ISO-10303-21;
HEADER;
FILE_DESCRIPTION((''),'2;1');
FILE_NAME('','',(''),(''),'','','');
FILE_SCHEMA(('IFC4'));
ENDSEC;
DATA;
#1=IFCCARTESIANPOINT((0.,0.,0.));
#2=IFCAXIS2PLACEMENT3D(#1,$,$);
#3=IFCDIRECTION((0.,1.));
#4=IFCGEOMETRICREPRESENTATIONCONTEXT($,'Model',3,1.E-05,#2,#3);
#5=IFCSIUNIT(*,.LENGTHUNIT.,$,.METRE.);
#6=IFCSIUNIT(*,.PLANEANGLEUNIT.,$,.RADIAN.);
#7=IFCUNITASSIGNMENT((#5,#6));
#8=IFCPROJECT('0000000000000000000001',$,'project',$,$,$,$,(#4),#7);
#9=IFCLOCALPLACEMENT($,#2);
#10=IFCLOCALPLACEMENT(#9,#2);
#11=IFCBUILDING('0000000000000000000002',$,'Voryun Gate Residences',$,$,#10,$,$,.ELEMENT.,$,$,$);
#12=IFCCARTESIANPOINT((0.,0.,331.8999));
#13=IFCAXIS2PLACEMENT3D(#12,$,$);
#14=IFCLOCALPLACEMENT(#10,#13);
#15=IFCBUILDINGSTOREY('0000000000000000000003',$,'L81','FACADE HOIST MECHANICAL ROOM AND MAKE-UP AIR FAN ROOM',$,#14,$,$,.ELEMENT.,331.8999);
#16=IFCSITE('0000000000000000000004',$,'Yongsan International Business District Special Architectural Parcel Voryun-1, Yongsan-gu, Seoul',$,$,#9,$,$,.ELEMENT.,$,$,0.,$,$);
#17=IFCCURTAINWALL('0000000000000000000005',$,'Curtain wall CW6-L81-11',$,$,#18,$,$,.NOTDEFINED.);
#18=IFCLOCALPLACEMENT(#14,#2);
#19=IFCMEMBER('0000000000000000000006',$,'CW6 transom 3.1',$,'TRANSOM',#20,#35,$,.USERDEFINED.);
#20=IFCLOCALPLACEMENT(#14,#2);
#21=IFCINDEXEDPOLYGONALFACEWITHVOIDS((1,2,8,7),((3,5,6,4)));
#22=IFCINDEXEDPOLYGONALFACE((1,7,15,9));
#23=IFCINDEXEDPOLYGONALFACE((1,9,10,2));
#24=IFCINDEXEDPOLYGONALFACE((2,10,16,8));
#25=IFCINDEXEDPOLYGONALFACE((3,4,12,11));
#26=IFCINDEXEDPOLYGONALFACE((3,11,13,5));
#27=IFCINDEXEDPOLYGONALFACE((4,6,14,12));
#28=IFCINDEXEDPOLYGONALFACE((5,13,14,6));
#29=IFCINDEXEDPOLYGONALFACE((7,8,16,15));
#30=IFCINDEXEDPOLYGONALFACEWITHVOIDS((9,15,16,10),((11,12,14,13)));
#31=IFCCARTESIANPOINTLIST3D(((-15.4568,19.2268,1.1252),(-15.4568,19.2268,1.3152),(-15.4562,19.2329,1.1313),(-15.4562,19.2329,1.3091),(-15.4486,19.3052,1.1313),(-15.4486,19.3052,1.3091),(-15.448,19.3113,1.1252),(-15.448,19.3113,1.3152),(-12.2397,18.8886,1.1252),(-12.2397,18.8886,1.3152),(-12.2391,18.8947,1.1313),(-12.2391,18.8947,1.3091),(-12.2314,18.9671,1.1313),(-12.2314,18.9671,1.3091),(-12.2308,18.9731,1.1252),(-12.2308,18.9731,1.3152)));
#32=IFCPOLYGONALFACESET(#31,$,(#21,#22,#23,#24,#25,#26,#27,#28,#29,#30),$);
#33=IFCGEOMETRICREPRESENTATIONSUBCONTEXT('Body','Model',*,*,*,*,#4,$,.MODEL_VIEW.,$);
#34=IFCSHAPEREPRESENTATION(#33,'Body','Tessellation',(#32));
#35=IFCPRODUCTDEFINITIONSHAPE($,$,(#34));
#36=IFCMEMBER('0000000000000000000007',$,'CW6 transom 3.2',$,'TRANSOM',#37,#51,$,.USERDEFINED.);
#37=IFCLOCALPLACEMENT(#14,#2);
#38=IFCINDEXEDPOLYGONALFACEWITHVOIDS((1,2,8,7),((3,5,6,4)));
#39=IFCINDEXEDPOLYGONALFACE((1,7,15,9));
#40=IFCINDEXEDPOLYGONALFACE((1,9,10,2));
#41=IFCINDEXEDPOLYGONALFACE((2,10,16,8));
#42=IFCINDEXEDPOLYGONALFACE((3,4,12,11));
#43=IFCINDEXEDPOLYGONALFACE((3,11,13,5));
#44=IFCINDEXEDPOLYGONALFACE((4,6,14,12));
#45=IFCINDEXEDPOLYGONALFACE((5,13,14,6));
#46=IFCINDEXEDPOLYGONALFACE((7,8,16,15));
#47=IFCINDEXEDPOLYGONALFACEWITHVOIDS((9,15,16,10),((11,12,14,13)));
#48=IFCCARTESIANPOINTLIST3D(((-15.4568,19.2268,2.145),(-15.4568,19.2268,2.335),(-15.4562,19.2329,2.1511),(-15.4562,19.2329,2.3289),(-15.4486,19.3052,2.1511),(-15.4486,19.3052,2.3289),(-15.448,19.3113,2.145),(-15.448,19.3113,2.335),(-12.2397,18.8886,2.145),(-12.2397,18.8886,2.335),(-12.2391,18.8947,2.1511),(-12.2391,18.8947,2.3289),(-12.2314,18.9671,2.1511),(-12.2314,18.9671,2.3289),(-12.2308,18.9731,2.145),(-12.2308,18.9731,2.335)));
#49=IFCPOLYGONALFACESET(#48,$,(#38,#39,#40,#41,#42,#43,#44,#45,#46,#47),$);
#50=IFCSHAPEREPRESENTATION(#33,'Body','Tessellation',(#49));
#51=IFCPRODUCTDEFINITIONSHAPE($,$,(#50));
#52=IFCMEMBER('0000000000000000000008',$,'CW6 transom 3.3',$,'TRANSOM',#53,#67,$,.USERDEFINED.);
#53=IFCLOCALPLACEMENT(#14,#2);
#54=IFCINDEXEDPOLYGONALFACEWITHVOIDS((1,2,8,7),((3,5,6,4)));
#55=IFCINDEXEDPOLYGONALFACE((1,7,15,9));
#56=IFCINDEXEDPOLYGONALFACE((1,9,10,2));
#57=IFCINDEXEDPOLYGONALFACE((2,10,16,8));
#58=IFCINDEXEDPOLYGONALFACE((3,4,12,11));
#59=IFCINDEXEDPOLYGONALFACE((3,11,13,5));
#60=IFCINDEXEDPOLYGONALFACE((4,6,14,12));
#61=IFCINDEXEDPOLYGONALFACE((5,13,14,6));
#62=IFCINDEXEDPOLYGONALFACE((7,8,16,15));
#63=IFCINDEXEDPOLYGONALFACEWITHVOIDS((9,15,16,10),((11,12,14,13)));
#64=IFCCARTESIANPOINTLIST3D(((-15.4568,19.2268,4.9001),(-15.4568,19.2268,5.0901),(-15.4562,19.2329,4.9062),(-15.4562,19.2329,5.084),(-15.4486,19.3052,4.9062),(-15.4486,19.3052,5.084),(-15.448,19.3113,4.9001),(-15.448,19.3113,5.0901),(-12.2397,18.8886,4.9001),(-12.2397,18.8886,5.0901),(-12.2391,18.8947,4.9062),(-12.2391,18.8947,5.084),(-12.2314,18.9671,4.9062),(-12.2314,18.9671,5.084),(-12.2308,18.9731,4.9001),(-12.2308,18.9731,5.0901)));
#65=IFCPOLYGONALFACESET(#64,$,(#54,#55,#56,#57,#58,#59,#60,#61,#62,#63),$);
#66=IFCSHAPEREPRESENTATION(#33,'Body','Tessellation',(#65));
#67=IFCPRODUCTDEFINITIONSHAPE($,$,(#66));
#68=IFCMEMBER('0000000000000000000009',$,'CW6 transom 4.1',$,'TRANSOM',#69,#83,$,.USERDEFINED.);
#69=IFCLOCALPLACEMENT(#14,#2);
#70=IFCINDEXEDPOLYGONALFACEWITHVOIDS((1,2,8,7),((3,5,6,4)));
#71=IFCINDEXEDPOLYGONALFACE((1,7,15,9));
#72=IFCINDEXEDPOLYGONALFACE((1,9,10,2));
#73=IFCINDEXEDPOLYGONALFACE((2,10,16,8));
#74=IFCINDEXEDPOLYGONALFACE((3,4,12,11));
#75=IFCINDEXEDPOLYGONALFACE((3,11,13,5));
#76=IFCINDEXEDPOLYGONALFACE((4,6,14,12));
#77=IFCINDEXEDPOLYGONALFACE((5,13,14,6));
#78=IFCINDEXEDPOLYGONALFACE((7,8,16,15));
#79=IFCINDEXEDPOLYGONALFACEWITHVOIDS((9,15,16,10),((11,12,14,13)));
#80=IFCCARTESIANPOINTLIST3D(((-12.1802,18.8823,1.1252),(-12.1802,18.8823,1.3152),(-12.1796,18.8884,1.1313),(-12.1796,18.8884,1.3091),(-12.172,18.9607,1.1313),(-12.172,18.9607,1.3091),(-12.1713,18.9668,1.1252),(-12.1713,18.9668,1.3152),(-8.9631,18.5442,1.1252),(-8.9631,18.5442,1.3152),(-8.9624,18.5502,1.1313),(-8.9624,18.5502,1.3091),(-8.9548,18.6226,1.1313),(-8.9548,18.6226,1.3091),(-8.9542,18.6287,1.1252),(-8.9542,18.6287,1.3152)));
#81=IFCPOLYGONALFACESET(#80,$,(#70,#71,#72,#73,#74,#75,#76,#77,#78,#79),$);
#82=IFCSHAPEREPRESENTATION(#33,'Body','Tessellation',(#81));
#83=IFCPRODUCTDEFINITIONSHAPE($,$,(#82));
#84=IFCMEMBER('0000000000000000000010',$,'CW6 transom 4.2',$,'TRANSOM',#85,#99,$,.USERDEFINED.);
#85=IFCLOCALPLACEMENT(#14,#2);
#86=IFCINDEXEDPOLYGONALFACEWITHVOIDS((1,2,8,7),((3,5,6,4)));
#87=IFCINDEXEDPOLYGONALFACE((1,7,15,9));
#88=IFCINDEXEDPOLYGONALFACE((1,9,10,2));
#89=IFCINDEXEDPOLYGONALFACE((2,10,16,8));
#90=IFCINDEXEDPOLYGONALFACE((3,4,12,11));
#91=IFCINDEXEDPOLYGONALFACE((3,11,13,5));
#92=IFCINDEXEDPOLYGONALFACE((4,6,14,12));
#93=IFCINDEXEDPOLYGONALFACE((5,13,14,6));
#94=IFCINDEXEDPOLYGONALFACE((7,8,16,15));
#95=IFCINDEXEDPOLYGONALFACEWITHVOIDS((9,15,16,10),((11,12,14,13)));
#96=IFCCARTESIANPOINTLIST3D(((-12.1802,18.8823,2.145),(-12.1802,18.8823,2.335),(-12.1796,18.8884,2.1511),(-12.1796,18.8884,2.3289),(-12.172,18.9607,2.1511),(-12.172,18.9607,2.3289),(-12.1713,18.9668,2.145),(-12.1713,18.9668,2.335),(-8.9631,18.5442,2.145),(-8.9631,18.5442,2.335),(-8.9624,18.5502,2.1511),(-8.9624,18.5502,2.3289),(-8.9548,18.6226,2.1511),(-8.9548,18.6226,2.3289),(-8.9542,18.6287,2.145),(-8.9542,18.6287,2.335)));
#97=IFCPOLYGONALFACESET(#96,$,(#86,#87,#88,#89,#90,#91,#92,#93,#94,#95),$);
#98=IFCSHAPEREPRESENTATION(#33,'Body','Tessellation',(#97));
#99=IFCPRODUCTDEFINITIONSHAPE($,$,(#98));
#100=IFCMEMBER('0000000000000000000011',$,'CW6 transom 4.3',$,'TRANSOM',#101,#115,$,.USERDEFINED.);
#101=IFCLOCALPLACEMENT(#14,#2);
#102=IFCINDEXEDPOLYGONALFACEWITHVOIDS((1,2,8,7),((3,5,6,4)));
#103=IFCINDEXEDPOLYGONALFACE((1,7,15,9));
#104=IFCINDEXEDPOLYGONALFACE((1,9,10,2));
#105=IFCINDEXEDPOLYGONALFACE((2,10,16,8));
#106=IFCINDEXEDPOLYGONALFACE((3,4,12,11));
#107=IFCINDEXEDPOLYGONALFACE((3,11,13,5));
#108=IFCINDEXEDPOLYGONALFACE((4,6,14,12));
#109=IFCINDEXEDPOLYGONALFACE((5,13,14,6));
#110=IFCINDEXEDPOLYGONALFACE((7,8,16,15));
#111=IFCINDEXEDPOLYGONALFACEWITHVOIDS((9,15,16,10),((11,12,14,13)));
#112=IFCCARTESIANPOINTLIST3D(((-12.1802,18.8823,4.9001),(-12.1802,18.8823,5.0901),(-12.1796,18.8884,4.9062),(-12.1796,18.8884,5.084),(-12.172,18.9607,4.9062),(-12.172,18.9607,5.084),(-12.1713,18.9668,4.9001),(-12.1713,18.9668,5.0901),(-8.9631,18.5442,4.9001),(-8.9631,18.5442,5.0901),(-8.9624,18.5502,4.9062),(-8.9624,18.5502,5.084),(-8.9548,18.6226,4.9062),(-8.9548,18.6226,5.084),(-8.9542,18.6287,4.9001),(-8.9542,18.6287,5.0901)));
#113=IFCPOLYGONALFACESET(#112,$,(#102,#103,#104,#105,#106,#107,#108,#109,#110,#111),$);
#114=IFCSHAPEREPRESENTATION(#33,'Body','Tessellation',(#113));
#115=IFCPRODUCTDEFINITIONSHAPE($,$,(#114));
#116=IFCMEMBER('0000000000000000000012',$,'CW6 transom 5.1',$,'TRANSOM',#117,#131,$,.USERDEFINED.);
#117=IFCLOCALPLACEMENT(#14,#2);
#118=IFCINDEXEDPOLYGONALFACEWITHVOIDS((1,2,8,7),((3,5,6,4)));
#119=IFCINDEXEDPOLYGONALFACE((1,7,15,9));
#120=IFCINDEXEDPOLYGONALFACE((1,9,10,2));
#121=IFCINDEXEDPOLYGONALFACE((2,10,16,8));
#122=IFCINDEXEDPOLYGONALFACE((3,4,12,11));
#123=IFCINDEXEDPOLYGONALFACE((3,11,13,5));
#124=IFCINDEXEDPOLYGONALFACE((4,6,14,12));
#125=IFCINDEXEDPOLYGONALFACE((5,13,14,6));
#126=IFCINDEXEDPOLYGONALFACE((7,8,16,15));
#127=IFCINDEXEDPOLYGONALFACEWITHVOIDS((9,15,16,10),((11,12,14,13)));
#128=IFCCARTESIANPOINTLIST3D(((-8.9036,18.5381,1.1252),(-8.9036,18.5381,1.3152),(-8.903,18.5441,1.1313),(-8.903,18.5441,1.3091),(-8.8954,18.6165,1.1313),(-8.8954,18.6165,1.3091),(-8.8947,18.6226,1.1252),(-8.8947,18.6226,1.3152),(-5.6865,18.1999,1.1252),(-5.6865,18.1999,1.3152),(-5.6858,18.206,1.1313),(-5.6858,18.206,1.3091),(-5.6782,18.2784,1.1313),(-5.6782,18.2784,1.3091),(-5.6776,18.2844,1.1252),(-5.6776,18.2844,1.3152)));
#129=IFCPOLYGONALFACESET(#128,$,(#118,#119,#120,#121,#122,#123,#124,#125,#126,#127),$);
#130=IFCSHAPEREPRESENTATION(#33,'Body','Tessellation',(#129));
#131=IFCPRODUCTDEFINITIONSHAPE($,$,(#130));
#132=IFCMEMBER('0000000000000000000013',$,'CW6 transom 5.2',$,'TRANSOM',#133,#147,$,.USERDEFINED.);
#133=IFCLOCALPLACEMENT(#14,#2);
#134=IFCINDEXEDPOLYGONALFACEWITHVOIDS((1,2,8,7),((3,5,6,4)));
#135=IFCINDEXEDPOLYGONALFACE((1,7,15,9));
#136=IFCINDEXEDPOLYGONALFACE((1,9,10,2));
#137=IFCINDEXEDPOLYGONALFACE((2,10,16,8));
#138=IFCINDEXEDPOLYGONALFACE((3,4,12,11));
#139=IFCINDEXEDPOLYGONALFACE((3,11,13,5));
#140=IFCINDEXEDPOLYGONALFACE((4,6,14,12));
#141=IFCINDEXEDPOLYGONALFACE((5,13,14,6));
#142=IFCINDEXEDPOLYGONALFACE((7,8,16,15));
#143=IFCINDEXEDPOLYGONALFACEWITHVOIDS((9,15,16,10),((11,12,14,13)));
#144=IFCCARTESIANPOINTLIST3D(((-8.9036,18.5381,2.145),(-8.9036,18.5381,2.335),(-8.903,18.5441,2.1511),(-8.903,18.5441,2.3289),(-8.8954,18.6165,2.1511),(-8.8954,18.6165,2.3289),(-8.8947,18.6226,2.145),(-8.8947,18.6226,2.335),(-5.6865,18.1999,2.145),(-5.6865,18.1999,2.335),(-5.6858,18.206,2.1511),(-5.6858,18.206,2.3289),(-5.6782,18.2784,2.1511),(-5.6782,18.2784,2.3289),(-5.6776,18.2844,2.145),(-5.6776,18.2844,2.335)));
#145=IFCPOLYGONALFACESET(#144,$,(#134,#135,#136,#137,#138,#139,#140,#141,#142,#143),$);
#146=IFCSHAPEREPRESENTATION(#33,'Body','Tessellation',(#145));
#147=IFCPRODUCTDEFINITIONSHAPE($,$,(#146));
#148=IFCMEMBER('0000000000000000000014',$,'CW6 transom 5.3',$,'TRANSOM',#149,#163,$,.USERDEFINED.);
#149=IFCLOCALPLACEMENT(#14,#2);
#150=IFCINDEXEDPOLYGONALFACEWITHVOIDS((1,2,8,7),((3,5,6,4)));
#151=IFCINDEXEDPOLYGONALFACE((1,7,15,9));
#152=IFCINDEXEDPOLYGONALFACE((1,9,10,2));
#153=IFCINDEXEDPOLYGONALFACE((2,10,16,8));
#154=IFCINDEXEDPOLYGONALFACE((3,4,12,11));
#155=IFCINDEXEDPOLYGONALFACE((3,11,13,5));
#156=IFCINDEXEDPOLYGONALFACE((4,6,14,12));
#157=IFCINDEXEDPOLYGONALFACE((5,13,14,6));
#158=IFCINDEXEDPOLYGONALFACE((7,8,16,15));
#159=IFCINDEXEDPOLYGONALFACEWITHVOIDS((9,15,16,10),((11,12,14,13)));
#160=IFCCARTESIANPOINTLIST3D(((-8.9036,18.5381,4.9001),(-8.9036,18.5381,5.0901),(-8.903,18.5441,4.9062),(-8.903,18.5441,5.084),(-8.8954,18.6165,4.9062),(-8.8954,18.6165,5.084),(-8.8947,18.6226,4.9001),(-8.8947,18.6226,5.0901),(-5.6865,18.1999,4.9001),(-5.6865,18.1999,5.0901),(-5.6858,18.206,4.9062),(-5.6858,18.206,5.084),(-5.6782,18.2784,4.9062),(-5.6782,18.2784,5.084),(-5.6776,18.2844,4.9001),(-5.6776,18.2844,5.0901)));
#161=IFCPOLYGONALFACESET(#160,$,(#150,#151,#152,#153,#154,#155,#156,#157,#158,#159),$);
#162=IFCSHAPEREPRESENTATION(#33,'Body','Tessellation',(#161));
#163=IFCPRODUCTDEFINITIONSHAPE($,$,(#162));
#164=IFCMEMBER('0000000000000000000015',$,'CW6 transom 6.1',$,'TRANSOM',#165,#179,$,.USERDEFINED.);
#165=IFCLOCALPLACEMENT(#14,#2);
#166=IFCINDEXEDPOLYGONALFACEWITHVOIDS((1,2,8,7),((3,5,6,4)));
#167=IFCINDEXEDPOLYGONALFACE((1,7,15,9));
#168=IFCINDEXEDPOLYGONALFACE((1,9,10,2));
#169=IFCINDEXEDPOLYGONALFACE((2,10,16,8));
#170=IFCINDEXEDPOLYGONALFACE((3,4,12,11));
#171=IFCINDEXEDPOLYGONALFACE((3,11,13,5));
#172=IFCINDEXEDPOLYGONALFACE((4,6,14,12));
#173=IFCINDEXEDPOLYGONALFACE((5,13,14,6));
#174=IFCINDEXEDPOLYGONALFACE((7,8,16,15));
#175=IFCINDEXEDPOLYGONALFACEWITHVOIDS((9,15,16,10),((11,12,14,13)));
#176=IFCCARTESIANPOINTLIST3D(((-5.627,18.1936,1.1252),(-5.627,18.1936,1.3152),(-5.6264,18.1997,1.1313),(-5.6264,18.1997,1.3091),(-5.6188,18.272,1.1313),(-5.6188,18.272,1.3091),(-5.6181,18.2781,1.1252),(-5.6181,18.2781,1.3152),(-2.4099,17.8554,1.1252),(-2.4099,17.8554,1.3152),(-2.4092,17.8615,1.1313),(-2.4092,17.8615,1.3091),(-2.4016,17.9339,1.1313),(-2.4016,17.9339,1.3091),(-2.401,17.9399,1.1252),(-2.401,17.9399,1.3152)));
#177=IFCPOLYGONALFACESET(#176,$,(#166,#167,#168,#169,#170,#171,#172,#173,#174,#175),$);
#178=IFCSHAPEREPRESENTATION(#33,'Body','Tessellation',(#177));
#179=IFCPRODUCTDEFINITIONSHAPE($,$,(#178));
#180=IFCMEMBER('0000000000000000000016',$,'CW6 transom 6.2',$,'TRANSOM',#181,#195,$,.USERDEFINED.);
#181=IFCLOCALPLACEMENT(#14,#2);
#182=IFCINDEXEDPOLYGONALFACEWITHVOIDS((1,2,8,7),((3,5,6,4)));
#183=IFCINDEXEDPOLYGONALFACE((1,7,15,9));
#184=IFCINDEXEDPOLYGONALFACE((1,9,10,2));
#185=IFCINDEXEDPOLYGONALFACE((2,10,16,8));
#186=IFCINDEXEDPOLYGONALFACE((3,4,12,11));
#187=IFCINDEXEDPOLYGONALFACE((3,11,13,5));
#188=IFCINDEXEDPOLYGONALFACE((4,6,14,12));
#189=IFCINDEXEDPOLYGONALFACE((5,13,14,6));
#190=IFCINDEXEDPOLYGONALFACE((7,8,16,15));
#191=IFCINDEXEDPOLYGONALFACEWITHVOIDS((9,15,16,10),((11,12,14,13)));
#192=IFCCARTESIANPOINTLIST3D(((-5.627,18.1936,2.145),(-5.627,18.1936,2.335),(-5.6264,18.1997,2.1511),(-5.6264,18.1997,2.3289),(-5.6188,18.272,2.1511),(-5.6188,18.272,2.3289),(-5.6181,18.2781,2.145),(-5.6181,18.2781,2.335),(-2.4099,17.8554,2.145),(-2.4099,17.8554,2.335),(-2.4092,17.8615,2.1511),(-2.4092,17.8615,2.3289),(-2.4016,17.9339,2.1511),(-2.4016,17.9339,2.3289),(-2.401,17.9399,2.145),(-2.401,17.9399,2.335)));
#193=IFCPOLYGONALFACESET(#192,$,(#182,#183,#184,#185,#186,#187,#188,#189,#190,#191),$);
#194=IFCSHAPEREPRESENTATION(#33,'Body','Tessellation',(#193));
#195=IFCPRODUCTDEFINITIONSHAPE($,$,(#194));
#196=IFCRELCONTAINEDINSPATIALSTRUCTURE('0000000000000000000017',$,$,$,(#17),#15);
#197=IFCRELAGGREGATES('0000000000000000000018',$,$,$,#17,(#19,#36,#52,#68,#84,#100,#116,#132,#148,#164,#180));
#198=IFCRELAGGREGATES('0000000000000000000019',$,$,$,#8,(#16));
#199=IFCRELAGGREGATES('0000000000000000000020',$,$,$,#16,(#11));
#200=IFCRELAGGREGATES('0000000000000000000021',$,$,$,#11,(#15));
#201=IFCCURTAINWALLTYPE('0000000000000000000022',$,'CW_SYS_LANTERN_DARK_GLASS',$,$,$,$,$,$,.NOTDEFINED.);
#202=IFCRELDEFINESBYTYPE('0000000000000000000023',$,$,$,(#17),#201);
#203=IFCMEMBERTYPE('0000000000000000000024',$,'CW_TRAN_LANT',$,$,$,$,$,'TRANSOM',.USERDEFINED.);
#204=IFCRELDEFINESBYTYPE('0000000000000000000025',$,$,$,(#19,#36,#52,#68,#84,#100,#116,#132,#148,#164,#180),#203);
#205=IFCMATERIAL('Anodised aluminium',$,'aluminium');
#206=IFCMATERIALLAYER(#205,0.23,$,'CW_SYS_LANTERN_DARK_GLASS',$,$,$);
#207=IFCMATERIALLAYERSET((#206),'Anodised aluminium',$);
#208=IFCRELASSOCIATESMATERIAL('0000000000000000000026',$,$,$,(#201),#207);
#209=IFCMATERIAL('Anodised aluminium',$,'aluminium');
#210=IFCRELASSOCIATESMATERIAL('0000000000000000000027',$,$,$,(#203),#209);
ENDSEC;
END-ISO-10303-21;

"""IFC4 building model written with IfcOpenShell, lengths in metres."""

from ifc_helpers import new_model, si_unit, direction, frame, origin, origin_2d, place, context, subcontext, project, spatial, hollow_rectangle, extrude, material, layer, layer_set, material_profile, profile_set, type_object, element, aggregate, save


model = new_model("IFC4")

# Units and contexts
model_context = context("Model", 3, precision=1e-05, world=origin(), true_north=direction((0.0, 1.0)))
body_context = subcontext(model_context, "Body", "Model", "MODEL_VIEW")
ifc_project = project(units=[si_unit("LENGTHUNIT", "METRE"), si_unit("PLANEANGLEUNIT", "RADIAN")], contexts=[model_context])

# Site, building, storey
site_placement = place(None, origin())
site = spatial("IfcSite", under=ifc_project, at=site_placement, Name="Yongsan International Business District Special Architectural Parcel Voryun-1, Yongsan-gu, Seoul", CompositionType="ELEMENT", RefElevation=0.0)
building_placement = place(site_placement, origin())
building = spatial("IfcBuilding", under=site, at=building_placement, Name="Voryun Gate Residences", CompositionType="ELEMENT")
storey_placement = place(building_placement, frame((0.0, 0.0, 331.8999)))
storey = spatial("IfcBuildingStorey", under=building, at=storey_placement, Name="L81", Description="FACADE HOIST MECHANICAL ROOM AND MAKE-UP AIR FAN ROOM", CompositionType="ELEMENT", Elevation=331.8999)

# Curtain wall, members
ifc_material_1 = material(Name="Anodised aluminium", Category="aluminium")
ifc_layer_1 = layer(ifc_material_1, 0.23, Name="CW_SYS_LANTERN_DARK_GLASS")
ifc_layer_set_1 = layer_set([ifc_layer_1], Name="Anodised aluminium")
curtain_wall_type = type_object("IfcCurtainWallType", Name="CW_SYS_LANTERN_DARK_GLASS", PredefinedType="NOTDEFINED", material=ifc_layer_set_1)
curtain_wall_placement = place(storey_placement, origin())
curtain_wall = element("IfcCurtainWall", 1, at=curtain_wall_placement, inside=storey, type_object=curtain_wall_type, Name="Curtain wall CW6-L81-11", PredefinedType="NOTDEFINED")
ifc_material_2 = material(Name="Anodised aluminium", Category="aluminium")
ifc_material_profile_1 = material_profile(ifc_material_2, hollow_rectangle(XDim=0.085, YDim=0.1899, WallThickness=0.0061, at=origin_2d()), Name="ALU-TRAN-190x85x6")
ifc_profile_set_1 = profile_set([ifc_material_profile_1], Name="Anodised aluminium")
member_type_1 = type_object("IfcMemberType", Name="CW_TRAN_LANT", ElementType="TRANSOM", PredefinedType="USERDEFINED", material=ifc_profile_set_1)
member_1_placement = place(storey_placement, frame((-15.4524, 19.269, 1.2202), z_axis=(0.994522, -0.104532, 0.0), x_axis=(0.104532, 0.994522, 0.0)))
member_1 = element("IfcMember", 2, at=member_1_placement, type_object=member_type_1, Name="CW6 transom 3.1", ObjectType="TRANSOM", PredefinedType="USERDEFINED", context=body_context, shape_type="SweptSolid", body=[
    extrude(hollow_rectangle(XDim=0.085, YDim=0.1899, WallThickness=0.0061, at=origin_2d()), origin(), (0.0, 0.0, 1.0), 3.2349),
])
member_2_placement = place(storey_placement, frame((-15.4524, 19.269, 2.24), z_axis=(0.994522, -0.104532, 0.0), x_axis=(0.104532, 0.994522, 0.0)))
member_2 = element("IfcMember", 3, at=member_2_placement, type_object=member_type_1, Name="CW6 transom 3.2", ObjectType="TRANSOM", PredefinedType="USERDEFINED", context=body_context, shape_type="SweptSolid", body=[
    extrude(hollow_rectangle(XDim=0.085, YDim=0.1899, WallThickness=0.0061, at=origin_2d()), origin(), (0.0, 0.0, 1.0), 3.2349),
])
member_3_placement = place(storey_placement, frame((-15.4524, 19.269, 4.9951), z_axis=(0.994522, -0.104532, 0.0), x_axis=(0.104532, 0.994522, 0.0)))
member_3 = element("IfcMember", 4, at=member_3_placement, type_object=member_type_1, Name="CW6 transom 3.3", ObjectType="TRANSOM", PredefinedType="USERDEFINED", context=body_context, shape_type="SweptSolid", body=[
    extrude(hollow_rectangle(XDim=0.085, YDim=0.1899, WallThickness=0.0061, at=origin_2d()), origin(), (0.0, 0.0, 1.0), 3.2349),
])
member_4_placement = place(storey_placement, frame((-12.1758, 18.9246, 1.2202), z_axis=(0.994522, -0.104532, 0.0), x_axis=(0.104532, 0.994522, 0.0)))
member_4 = element("IfcMember", 5, at=member_4_placement, type_object=member_type_1, Name="CW6 transom 4.1", ObjectType="TRANSOM", PredefinedType="USERDEFINED", context=body_context, shape_type="SweptSolid", body=[
    extrude(hollow_rectangle(XDim=0.085, YDim=0.1899, WallThickness=0.0061, at=origin_2d()), origin(), (0.0, 0.0, 1.0), 3.2349),
])
member_5_placement = place(storey_placement, frame((-12.1758, 18.9246, 2.24), z_axis=(0.994522, -0.104532, 0.0), x_axis=(0.104532, 0.994522, 0.0)))
member_5 = element("IfcMember", 6, at=member_5_placement, type_object=member_type_1, Name="CW6 transom 4.2", ObjectType="TRANSOM", PredefinedType="USERDEFINED", context=body_context, shape_type="SweptSolid", body=[
    extrude(hollow_rectangle(XDim=0.085, YDim=0.1899, WallThickness=0.0061, at=origin_2d()), origin(), (0.0, 0.0, 1.0), 3.2349),
])
member_6_placement = place(storey_placement, frame((-12.1758, 18.9246, 4.9951), z_axis=(0.994522, -0.104532, 0.0), x_axis=(0.104532, 0.994522, 0.0)))
member_6 = element("IfcMember", 7, at=member_6_placement, type_object=member_type_1, Name="CW6 transom 4.3", ObjectType="TRANSOM", PredefinedType="USERDEFINED", context=body_context, shape_type="SweptSolid", body=[
    extrude(hollow_rectangle(XDim=0.085, YDim=0.1899, WallThickness=0.0061, at=origin_2d()), origin(), (0.0, 0.0, 1.0), 3.2349),
])
member_7_placement = place(storey_placement, frame((-8.8992, 18.5803, 1.2202), z_axis=(0.994522, -0.104532, 0.0), x_axis=(0.104532, 0.994522, 0.0)))
member_7 = element("IfcMember", 8, at=member_7_placement, type_object=member_type_1, Name="CW6 transom 5.1", ObjectType="TRANSOM", PredefinedType="USERDEFINED", context=body_context, shape_type="SweptSolid", body=[
    extrude(hollow_rectangle(XDim=0.085, YDim=0.1899, WallThickness=0.0061, at=origin_2d()), origin(), (0.0, 0.0, 1.0), 3.2349),
])
member_8_placement = place(storey_placement, frame((-8.8992, 18.5803, 2.24), z_axis=(0.994522, -0.104532, 0.0), x_axis=(0.104532, 0.994522, 0.0)))
member_8 = element("IfcMember", 9, at=member_8_placement, type_object=member_type_1, Name="CW6 transom 5.2", ObjectType="TRANSOM", PredefinedType="USERDEFINED", context=body_context, shape_type="SweptSolid", body=[
    extrude(hollow_rectangle(XDim=0.085, YDim=0.1899, WallThickness=0.0061, at=origin_2d()), origin(), (0.0, 0.0, 1.0), 3.2349),
])
member_9_placement = place(storey_placement, frame((-8.8992, 18.5803, 4.9951), z_axis=(0.994522, -0.104532, 0.0), x_axis=(0.104532, 0.994522, 0.0)))
member_9 = element("IfcMember", 10, at=member_9_placement, type_object=member_type_1, Name="CW6 transom 5.3", ObjectType="TRANSOM", PredefinedType="USERDEFINED", context=body_context, shape_type="SweptSolid", body=[
    extrude(hollow_rectangle(XDim=0.085, YDim=0.1899, WallThickness=0.0061, at=origin_2d()), origin(), (0.0, 0.0, 1.0), 3.2349),
])
member_10_placement = place(storey_placement, frame((-5.6226, 18.2358, 1.2202), z_axis=(0.994522, -0.104532, 0.0), x_axis=(0.104532, 0.994522, 0.0)))
member_10 = element("IfcMember", 11, at=member_10_placement, type_object=member_type_1, Name="CW6 transom 6.1", ObjectType="TRANSOM", PredefinedType="USERDEFINED", context=body_context, shape_type="SweptSolid", body=[
    extrude(hollow_rectangle(XDim=0.085, YDim=0.1899, WallThickness=0.0061, at=origin_2d()), origin(), (0.0, 0.0, 1.0), 3.2349),
])
member_11_placement = place(storey_placement, frame((-5.6226, 18.2358, 2.24), z_axis=(0.994522, -0.104532, 0.0), x_axis=(0.104532, 0.994522, 0.0)))
member_11 = element("IfcMember", 12, at=member_11_placement, type_object=member_type_1, Name="CW6 transom 6.2", ObjectType="TRANSOM", PredefinedType="USERDEFINED", context=body_context, shape_type="SweptSolid", body=[
    extrude(hollow_rectangle(XDim=0.085, YDim=0.1899, WallThickness=0.0061, at=origin_2d()), origin(), (0.0, 0.0, 1.0), 3.2349),
])

aggregate(curtain_wall, [member_1, member_2, member_3, member_4, member_5, member_6, member_7, member_8, member_9, member_10, member_11])

save(model, "model.ifc")
